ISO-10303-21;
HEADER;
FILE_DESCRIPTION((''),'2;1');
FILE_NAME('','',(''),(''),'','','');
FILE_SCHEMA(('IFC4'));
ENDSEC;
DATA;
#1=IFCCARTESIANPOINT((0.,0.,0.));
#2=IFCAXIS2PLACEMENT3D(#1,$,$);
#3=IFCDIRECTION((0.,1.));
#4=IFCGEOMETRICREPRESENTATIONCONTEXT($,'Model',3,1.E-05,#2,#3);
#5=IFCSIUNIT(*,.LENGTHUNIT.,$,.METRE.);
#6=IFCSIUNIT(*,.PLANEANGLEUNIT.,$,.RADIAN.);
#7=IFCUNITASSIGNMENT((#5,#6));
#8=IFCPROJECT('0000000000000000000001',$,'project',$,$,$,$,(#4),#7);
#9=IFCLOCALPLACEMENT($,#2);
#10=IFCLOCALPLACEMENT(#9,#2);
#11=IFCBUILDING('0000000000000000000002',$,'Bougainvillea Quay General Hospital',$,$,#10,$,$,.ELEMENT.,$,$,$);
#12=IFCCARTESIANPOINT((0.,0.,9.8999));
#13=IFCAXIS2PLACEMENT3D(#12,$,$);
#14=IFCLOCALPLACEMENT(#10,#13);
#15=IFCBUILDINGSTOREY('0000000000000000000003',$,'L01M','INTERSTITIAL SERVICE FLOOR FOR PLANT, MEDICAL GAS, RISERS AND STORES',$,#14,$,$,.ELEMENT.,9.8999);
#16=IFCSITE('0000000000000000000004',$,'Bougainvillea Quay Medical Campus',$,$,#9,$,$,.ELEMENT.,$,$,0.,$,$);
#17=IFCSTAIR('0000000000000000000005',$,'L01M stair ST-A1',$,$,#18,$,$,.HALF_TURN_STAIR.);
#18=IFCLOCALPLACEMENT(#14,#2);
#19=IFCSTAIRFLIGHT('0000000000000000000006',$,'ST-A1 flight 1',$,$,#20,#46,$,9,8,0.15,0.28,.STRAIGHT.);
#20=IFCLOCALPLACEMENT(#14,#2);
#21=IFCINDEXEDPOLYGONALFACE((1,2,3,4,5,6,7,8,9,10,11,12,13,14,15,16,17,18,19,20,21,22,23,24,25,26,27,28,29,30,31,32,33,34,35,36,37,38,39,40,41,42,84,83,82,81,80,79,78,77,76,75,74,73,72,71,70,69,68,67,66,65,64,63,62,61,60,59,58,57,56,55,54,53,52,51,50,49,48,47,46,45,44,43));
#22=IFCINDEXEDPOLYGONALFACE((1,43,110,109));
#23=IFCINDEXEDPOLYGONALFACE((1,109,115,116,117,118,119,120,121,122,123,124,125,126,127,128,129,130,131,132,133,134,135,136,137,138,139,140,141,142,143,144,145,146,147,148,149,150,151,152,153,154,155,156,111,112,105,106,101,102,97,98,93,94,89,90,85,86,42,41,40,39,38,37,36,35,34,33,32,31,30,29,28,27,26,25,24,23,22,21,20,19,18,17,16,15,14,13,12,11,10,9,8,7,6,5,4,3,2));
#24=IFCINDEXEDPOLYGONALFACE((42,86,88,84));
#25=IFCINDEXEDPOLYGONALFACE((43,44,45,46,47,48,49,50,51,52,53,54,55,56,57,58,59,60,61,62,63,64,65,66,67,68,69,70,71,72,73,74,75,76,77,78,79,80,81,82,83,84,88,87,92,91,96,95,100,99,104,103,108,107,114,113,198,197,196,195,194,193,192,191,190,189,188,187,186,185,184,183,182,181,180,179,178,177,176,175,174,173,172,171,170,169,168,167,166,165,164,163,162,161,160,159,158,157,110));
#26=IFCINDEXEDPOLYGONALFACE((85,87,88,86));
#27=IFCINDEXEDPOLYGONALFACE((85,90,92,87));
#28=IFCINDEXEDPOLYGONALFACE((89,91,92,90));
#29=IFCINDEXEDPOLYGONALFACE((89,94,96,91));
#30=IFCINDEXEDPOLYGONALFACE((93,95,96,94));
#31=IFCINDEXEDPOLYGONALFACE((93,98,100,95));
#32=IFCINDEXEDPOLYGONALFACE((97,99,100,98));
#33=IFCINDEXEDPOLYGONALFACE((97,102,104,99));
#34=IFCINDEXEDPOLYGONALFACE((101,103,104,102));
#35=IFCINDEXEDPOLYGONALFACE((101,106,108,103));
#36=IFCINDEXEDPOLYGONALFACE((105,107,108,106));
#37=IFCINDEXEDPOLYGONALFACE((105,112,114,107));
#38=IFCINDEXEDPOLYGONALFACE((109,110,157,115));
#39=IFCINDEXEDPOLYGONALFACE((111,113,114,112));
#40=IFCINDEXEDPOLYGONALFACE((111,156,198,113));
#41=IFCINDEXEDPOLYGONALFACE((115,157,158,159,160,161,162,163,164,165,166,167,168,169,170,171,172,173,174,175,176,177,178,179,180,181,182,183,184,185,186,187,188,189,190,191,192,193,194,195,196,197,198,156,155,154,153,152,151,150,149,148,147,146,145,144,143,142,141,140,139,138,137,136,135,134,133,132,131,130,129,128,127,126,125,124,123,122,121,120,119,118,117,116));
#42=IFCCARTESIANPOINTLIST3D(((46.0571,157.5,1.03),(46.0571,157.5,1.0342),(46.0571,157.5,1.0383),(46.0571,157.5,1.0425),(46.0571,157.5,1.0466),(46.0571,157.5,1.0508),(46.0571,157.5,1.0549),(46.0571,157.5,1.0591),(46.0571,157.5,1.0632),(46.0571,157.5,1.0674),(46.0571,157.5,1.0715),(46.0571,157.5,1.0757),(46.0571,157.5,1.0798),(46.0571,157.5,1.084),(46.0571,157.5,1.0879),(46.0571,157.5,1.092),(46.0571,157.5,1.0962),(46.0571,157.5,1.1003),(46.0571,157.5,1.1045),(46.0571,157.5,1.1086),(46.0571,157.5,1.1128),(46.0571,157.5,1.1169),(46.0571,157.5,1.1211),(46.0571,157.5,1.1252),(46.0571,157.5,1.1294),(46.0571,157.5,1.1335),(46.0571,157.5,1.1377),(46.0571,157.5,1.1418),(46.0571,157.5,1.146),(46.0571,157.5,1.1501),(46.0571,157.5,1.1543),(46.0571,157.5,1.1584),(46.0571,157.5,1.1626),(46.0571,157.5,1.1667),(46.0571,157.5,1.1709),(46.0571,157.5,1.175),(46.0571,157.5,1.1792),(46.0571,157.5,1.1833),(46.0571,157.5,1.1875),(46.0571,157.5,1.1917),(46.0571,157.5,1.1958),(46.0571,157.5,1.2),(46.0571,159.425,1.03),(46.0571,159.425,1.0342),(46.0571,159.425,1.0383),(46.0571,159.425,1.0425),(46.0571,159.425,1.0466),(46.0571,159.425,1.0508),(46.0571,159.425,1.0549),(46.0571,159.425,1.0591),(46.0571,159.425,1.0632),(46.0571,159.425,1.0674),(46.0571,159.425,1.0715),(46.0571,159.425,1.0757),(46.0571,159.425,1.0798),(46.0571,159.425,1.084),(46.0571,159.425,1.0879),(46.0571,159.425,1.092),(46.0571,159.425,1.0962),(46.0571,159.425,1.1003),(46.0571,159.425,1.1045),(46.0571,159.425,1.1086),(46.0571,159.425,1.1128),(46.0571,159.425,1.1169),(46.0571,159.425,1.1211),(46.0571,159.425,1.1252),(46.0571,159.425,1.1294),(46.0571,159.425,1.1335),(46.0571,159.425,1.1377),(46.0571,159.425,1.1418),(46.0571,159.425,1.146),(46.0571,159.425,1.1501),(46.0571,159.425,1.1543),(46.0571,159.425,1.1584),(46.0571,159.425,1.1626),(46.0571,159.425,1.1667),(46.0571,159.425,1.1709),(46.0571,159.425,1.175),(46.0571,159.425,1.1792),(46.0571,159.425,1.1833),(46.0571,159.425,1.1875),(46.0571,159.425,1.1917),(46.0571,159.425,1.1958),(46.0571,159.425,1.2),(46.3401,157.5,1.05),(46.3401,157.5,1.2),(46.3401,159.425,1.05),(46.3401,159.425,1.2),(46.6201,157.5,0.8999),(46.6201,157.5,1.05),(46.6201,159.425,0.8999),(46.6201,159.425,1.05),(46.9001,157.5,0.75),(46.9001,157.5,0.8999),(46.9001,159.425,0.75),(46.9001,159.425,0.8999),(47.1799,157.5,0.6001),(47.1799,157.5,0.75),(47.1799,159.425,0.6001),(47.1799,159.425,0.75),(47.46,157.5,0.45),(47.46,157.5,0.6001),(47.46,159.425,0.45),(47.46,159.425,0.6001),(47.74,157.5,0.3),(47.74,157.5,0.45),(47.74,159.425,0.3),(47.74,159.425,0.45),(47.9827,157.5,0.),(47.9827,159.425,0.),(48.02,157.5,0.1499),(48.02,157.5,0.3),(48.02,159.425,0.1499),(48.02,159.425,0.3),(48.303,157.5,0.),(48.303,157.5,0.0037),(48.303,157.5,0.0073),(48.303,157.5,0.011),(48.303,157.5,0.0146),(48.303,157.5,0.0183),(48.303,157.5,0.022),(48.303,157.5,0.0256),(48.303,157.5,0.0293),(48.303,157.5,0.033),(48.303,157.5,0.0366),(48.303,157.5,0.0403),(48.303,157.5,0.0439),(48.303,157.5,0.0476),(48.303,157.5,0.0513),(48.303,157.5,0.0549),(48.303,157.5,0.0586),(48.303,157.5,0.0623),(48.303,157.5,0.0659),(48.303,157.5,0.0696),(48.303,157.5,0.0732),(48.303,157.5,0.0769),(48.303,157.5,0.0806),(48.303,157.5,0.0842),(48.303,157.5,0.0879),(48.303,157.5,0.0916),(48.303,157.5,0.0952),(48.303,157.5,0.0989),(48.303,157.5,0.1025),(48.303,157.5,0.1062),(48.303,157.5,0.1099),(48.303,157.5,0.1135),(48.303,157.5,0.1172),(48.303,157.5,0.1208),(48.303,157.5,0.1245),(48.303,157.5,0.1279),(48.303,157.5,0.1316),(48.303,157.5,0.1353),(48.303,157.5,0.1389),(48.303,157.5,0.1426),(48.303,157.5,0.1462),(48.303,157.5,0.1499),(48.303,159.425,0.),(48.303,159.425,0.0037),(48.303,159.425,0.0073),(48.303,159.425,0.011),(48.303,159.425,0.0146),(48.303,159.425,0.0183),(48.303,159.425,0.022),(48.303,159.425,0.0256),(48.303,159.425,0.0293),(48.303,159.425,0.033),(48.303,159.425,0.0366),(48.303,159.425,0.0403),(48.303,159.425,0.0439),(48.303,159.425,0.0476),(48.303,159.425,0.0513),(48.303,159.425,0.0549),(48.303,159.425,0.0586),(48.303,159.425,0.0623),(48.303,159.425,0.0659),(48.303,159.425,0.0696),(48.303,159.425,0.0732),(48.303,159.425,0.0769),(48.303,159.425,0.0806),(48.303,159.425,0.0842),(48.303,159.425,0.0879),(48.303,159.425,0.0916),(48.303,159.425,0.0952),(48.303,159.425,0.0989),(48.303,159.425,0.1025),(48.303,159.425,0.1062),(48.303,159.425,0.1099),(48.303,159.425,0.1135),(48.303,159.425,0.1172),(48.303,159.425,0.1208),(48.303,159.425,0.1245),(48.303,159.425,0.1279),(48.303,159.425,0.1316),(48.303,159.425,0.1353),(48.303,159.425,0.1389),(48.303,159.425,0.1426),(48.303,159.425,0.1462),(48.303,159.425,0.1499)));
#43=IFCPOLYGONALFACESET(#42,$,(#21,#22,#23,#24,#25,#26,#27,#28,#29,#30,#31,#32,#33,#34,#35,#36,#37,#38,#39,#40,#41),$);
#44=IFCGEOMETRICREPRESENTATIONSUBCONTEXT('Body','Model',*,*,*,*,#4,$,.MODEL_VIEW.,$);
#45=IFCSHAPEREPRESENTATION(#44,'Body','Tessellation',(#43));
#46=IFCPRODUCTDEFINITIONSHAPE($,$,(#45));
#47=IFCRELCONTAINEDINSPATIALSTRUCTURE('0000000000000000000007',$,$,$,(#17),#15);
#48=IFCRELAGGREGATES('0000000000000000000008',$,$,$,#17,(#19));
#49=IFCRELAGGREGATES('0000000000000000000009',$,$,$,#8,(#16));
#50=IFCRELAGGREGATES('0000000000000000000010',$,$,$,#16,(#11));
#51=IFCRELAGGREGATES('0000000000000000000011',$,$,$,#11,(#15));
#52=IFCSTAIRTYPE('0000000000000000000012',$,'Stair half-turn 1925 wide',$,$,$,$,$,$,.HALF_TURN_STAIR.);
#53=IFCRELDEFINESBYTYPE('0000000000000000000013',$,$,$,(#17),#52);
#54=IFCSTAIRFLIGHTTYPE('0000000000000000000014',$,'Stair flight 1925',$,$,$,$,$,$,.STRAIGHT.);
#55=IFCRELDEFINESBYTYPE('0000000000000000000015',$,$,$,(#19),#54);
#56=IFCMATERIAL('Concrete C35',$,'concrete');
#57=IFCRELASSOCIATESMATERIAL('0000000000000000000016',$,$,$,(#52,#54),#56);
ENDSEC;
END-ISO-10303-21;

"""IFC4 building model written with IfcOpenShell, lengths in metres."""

from ifc_helpers import new_model, si_unit, direction, frame, origin, place, context, subcontext, project, spatial, polyline, outline, extrude, material, type_object, element, aggregate, save


model = new_model("IFC4")

# Units and contexts
model_context = context("Model", 3, precision=1e-05, world=origin(), true_north=direction((0.0, 1.0)))
body_context = subcontext(model_context, "Body", "Model", "MODEL_VIEW")
ifc_project = project(units=[si_unit("LENGTHUNIT", "METRE"), si_unit("PLANEANGLEUNIT", "RADIAN")], contexts=[model_context])

# Site, building, storey
site_placement = place(None, origin())
site = spatial("IfcSite", under=ifc_project, at=site_placement, Name="Bougainvillea Quay Medical Campus", CompositionType="ELEMENT", RefElevation=0.0)
building_placement = place(site_placement, origin())
building = spatial("IfcBuilding", under=site, at=building_placement, Name="Bougainvillea Quay General Hospital", CompositionType="ELEMENT")
storey_placement = place(building_placement, frame((0.0, 0.0, 9.8999)))
storey = spatial("IfcBuildingStorey", under=building, at=storey_placement, Name="L01M", Description="INTERSTITIAL SERVICE FLOOR FOR PLANT, MEDICAL GAS, RISERS AND STORES", CompositionType="ELEMENT", Elevation=9.8999)

# Stair, stair flight
ifc_material_1 = material(Name="Concrete C35", Category="concrete")
stair_type = type_object("IfcStairType", Name="Stair half-turn 1925 wide", PredefinedType="HALF_TURN_STAIR", material=ifc_material_1)
stair_placement = place(storey_placement, origin())
stair = element("IfcStair", 1, at=stair_placement, inside=storey, type_object=stair_type, Name="L01M stair ST-A1", PredefinedType="HALF_TURN_STAIR")
stair_flight_type = type_object("IfcStairFlightType", Name="Stair flight 1925", PredefinedType="STRAIGHT", material=ifc_material_1)
stair_flight_1_placement = place(storey_placement, frame((48.3, 158.4624, 0.0), z_axis=(0.0, 0.0, 1.0), x_axis=(-1.0, 0.0, 0.0)))
stair_flight_1 = element("IfcStairFlight", 2, at=stair_flight_1_placement, type_object=stair_flight_type, Name="ST-A1 flight 1", NumberOfRisers=9, NumberOfTreads=8, PredefinedType="STRAIGHT", RiserHeight=0.15, TreadLength=0.28, context=body_context, shape_type="SweptSolid", body=[
    extrude(outline(polyline([(-0.0029, 0.0), (-0.0029, 0.0037), (-0.0029, 0.0073), (-0.0029, 0.011), (-0.0029, 0.0146), (-0.0029, 0.0183), (-0.0029, 0.022), (-0.0029, 0.0256), (-0.0029, 0.0293), (-0.0029, 0.033), (-0.0029, 0.0366), (-0.0029, 0.0403), (-0.0029, 0.0439), (-0.0029, 0.0476), (-0.0029, 0.0513), (-0.0029, 0.0549), (-0.0029, 0.0586), (-0.0029, 0.0623), (-0.0029, 0.0659), (-0.0029, 0.0696), (-0.0029, 0.0732), (-0.0029, 0.0769), (-0.0029, 0.0806), (-0.0029, 0.0842), (-0.0029, 0.0879), (-0.0029, 0.0916), (-0.0029, 0.0952), (-0.0029, 0.0989), (-0.0029, 0.1025), (-0.0029, 0.1062), (-0.0029, 0.1099), (-0.0029, 0.1135), (-0.0029, 0.1172), (-0.0029, 0.1208), (-0.0029, 0.1245), (-0.0029, 0.1279), (-0.0029, 0.1316), (-0.0029, 0.1353), (-0.0029, 0.1389), (-0.0029, 0.1426), (-0.0029, 0.1462), (-0.0029, 0.1499), (0.28, 0.1499), (0.28, 0.3), (0.5601, 0.3), (0.5601, 0.45), (0.8401, 0.45), (0.8401, 0.6001), (1.1201, 0.6001), (1.1201, 0.75), (1.3999, 0.75), (1.3999, 0.8999), (1.6799, 0.8999), (1.6799, 1.05), (1.96, 1.05), (1.96, 1.2), (2.2429, 1.2), (2.2429, 1.1958), (2.2429, 1.1917), (2.2429, 1.1875), (2.2429, 1.1833), (2.2429, 1.1792), (2.2429, 1.175), (2.2429, 1.1709), (2.2429, 1.1667), (2.2429, 1.1626), (2.2429, 1.1584), (2.2429, 1.1543), (2.2429, 1.1501), (2.2429, 1.146), (2.2429, 1.1418), (2.2429, 1.1377), (2.2429, 1.1335), (2.2429, 1.1294), (2.2429, 1.1252), (2.2429, 1.1211), (2.2429, 1.1169), (2.2429, 1.1128), (2.2429, 1.1086), (2.2429, 1.1045), (2.2429, 1.1003), (2.2429, 1.0962), (2.2429, 1.092), (2.2429, 1.0879), (2.2429, 1.084), (2.2429, 1.0798), (2.2429, 1.0757), (2.2429, 1.0715), (2.2429, 1.0674), (2.2429, 1.0632), (2.2429, 1.0591), (2.2429, 1.0549), (2.2429, 1.0508), (2.2429, 1.0466), (2.2429, 1.0425), (2.2429, 1.0383), (2.2429, 1.0342), (2.2429, 1.03), (0.3174, 0.0), (-0.0029, 0.0)])), frame((0.0, 0.9624, 0.0), z_axis=(0.0, -1.0, 0.0), x_axis=(1.0, 0.0, 0.0)), (0.0, 0.0, 1.0), 1.925),
])
aggregate(stair, [stair_flight_1])

save(model, "model.ifc")
